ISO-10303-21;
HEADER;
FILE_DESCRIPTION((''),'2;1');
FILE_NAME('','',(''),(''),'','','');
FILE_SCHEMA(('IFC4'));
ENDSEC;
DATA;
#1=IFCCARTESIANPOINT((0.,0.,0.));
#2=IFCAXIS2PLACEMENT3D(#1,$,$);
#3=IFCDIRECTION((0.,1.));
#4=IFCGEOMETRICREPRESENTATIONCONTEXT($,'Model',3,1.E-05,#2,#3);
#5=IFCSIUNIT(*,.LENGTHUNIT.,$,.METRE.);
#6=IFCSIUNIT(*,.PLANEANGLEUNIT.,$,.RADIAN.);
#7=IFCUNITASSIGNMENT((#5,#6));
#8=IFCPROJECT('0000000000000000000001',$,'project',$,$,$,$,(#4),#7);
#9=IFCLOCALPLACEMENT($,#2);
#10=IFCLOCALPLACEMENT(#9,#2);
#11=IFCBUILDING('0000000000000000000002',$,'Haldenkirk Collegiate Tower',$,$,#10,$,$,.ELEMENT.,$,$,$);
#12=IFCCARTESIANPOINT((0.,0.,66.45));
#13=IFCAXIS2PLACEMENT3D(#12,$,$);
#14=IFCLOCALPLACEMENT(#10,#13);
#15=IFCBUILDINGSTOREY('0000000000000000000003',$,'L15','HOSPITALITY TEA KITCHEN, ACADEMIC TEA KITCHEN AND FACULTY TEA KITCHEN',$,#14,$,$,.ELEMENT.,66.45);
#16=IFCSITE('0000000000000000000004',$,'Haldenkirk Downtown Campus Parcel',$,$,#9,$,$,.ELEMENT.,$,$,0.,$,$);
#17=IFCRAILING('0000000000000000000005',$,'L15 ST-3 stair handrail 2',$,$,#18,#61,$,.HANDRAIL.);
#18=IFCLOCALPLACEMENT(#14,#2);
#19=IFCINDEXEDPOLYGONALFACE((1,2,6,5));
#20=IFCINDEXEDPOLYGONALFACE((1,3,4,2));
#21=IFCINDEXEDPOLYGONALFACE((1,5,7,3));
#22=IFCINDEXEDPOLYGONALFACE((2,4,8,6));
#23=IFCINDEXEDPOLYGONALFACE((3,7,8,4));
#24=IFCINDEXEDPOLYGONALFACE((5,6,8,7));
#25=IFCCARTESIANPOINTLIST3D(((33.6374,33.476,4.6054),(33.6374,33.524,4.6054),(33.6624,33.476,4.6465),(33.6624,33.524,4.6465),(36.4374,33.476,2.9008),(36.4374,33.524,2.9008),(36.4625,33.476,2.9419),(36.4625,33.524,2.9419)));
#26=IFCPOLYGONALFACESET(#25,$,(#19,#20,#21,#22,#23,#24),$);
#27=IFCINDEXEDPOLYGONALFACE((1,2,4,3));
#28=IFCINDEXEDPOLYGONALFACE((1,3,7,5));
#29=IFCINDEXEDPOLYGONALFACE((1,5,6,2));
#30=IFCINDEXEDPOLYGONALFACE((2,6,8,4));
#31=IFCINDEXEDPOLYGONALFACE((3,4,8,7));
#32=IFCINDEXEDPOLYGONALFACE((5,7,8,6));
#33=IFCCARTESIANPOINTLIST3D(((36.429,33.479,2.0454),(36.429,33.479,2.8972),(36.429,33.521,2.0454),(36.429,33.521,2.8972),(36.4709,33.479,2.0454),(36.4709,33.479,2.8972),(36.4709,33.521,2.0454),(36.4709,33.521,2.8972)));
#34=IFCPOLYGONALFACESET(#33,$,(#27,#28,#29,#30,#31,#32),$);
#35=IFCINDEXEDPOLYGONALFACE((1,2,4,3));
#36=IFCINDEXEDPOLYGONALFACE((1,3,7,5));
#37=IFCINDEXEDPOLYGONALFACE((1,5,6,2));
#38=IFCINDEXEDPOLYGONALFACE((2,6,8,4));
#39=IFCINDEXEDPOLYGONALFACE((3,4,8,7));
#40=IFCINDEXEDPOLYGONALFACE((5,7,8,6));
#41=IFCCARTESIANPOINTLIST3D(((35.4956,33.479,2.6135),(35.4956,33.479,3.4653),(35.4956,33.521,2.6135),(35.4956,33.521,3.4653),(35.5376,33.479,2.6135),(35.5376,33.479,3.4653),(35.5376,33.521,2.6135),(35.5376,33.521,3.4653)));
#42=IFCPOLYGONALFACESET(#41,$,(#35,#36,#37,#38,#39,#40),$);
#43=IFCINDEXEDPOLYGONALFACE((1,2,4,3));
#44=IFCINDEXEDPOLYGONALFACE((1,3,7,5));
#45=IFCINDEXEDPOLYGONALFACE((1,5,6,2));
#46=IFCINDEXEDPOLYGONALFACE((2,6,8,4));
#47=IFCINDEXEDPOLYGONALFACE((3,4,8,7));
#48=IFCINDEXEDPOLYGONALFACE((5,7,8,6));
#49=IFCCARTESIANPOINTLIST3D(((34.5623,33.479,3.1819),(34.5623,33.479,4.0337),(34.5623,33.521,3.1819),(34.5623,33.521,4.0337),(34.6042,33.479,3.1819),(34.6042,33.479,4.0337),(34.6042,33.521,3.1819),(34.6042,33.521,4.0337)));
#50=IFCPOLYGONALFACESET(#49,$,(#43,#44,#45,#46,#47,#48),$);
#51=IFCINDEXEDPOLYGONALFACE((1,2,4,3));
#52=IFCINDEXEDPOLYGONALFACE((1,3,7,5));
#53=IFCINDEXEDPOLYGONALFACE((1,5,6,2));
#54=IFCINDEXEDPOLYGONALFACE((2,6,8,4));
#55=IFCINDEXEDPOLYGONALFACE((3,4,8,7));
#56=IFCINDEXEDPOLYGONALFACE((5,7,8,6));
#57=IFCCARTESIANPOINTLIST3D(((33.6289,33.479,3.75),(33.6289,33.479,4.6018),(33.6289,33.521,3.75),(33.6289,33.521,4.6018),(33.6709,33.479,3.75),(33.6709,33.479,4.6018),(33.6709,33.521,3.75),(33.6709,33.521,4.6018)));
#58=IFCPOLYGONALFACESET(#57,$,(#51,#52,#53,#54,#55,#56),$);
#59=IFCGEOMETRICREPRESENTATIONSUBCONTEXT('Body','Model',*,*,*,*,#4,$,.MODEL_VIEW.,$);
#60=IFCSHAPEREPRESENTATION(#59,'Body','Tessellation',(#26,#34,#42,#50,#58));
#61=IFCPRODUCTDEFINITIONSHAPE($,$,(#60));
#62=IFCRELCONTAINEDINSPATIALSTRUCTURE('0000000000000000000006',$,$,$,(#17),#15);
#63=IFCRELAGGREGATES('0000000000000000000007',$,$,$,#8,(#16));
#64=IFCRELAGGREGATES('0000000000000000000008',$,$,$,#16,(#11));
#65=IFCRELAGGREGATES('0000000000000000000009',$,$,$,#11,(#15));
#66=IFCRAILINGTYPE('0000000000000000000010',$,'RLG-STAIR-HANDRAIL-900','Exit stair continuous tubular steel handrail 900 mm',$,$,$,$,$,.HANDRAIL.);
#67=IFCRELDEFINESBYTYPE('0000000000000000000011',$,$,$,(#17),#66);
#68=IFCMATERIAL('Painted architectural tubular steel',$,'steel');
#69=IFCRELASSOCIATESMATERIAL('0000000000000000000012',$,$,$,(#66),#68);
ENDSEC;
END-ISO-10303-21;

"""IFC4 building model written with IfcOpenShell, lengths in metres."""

from ifc_helpers import new_model, si_unit, direction, frame, origin, origin_2d, place, context, subcontext, project, spatial, rectangle, extrude, material, type_object, element, save


model = new_model("IFC4")

# Units and contexts
model_context = context("Model", 3, precision=1e-05, world=origin(), true_north=direction((0.0, 1.0)))
body_context = subcontext(model_context, "Body", "Model", "MODEL_VIEW")
ifc_project = project(units=[si_unit("LENGTHUNIT", "METRE"), si_unit("PLANEANGLEUNIT", "RADIAN")], contexts=[model_context])

# Site, building, storey
site_placement = place(None, origin())
site = spatial("IfcSite", under=ifc_project, at=site_placement, Name="Haldenkirk Downtown Campus Parcel", CompositionType="ELEMENT", RefElevation=0.0)
building_placement = place(site_placement, origin())
building = spatial("IfcBuilding", under=site, at=building_placement, Name="Haldenkirk Collegiate Tower", CompositionType="ELEMENT")
storey_placement = place(building_placement, frame((0.0, 0.0, 66.45)))
storey = spatial("IfcBuildingStorey", under=building, at=storey_placement, Name="L15", Description="HOSPITALITY TEA KITCHEN, ACADEMIC TEA KITCHEN AND FACULTY TEA KITCHEN", CompositionType="ELEMENT", Elevation=66.45)

# Railing
ifc_material_1 = material(Name="Painted architectural tubular steel", Category="steel")
railing_type_1 = type_object("IfcRailingType", Name="RLG-STAIR-HANDRAIL-900", Description="Exit stair continuous tubular steel handrail 900 mm", PredefinedType="HANDRAIL", material=ifc_material_1)
railing_1_placement = place(storey_placement, frame((36.45, 33.5, 2.0454)))
element("IfcRailing", 1, at=railing_1_placement, inside=storey, type_object=railing_type_1, Name="L15 ST-3 stair handrail 2", PredefinedType="HANDRAIL", context=body_context, shape_type="SweptSolid", body=[
    extrude(rectangle(XDim=0.0481, YDim=0.0481, at=origin_2d()), frame((0.0, 0.0, 0.876), z_axis=(-0.85417, 0.0, 0.519994), x_axis=(0.0, -1.0, 0.0)), (0.0, 0.0, 1.0), 3.2781),
    extrude(rectangle(XDim=0.042, YDim=0.042, at=origin_2d()), origin(), (0.0, 0.0, 1.0), 0.8518),
    extrude(rectangle(XDim=0.042, YDim=0.042, at=origin_2d()), frame((-0.9333, 0.0, 0.5681)), (0.0, 0.0, 1.0), 0.8518),
    extrude(rectangle(XDim=0.042, YDim=0.042, at=origin_2d()), frame((-1.8667, 0.0, 1.1365)), (0.0, 0.0, 1.0), 0.8518),
    extrude(rectangle(XDim=0.042, YDim=0.042, at=origin_2d()), frame((-2.8, 0.0, 1.7046)), (0.0, 0.0, 1.0), 0.8518),
])

save(model, "model.ifc")
